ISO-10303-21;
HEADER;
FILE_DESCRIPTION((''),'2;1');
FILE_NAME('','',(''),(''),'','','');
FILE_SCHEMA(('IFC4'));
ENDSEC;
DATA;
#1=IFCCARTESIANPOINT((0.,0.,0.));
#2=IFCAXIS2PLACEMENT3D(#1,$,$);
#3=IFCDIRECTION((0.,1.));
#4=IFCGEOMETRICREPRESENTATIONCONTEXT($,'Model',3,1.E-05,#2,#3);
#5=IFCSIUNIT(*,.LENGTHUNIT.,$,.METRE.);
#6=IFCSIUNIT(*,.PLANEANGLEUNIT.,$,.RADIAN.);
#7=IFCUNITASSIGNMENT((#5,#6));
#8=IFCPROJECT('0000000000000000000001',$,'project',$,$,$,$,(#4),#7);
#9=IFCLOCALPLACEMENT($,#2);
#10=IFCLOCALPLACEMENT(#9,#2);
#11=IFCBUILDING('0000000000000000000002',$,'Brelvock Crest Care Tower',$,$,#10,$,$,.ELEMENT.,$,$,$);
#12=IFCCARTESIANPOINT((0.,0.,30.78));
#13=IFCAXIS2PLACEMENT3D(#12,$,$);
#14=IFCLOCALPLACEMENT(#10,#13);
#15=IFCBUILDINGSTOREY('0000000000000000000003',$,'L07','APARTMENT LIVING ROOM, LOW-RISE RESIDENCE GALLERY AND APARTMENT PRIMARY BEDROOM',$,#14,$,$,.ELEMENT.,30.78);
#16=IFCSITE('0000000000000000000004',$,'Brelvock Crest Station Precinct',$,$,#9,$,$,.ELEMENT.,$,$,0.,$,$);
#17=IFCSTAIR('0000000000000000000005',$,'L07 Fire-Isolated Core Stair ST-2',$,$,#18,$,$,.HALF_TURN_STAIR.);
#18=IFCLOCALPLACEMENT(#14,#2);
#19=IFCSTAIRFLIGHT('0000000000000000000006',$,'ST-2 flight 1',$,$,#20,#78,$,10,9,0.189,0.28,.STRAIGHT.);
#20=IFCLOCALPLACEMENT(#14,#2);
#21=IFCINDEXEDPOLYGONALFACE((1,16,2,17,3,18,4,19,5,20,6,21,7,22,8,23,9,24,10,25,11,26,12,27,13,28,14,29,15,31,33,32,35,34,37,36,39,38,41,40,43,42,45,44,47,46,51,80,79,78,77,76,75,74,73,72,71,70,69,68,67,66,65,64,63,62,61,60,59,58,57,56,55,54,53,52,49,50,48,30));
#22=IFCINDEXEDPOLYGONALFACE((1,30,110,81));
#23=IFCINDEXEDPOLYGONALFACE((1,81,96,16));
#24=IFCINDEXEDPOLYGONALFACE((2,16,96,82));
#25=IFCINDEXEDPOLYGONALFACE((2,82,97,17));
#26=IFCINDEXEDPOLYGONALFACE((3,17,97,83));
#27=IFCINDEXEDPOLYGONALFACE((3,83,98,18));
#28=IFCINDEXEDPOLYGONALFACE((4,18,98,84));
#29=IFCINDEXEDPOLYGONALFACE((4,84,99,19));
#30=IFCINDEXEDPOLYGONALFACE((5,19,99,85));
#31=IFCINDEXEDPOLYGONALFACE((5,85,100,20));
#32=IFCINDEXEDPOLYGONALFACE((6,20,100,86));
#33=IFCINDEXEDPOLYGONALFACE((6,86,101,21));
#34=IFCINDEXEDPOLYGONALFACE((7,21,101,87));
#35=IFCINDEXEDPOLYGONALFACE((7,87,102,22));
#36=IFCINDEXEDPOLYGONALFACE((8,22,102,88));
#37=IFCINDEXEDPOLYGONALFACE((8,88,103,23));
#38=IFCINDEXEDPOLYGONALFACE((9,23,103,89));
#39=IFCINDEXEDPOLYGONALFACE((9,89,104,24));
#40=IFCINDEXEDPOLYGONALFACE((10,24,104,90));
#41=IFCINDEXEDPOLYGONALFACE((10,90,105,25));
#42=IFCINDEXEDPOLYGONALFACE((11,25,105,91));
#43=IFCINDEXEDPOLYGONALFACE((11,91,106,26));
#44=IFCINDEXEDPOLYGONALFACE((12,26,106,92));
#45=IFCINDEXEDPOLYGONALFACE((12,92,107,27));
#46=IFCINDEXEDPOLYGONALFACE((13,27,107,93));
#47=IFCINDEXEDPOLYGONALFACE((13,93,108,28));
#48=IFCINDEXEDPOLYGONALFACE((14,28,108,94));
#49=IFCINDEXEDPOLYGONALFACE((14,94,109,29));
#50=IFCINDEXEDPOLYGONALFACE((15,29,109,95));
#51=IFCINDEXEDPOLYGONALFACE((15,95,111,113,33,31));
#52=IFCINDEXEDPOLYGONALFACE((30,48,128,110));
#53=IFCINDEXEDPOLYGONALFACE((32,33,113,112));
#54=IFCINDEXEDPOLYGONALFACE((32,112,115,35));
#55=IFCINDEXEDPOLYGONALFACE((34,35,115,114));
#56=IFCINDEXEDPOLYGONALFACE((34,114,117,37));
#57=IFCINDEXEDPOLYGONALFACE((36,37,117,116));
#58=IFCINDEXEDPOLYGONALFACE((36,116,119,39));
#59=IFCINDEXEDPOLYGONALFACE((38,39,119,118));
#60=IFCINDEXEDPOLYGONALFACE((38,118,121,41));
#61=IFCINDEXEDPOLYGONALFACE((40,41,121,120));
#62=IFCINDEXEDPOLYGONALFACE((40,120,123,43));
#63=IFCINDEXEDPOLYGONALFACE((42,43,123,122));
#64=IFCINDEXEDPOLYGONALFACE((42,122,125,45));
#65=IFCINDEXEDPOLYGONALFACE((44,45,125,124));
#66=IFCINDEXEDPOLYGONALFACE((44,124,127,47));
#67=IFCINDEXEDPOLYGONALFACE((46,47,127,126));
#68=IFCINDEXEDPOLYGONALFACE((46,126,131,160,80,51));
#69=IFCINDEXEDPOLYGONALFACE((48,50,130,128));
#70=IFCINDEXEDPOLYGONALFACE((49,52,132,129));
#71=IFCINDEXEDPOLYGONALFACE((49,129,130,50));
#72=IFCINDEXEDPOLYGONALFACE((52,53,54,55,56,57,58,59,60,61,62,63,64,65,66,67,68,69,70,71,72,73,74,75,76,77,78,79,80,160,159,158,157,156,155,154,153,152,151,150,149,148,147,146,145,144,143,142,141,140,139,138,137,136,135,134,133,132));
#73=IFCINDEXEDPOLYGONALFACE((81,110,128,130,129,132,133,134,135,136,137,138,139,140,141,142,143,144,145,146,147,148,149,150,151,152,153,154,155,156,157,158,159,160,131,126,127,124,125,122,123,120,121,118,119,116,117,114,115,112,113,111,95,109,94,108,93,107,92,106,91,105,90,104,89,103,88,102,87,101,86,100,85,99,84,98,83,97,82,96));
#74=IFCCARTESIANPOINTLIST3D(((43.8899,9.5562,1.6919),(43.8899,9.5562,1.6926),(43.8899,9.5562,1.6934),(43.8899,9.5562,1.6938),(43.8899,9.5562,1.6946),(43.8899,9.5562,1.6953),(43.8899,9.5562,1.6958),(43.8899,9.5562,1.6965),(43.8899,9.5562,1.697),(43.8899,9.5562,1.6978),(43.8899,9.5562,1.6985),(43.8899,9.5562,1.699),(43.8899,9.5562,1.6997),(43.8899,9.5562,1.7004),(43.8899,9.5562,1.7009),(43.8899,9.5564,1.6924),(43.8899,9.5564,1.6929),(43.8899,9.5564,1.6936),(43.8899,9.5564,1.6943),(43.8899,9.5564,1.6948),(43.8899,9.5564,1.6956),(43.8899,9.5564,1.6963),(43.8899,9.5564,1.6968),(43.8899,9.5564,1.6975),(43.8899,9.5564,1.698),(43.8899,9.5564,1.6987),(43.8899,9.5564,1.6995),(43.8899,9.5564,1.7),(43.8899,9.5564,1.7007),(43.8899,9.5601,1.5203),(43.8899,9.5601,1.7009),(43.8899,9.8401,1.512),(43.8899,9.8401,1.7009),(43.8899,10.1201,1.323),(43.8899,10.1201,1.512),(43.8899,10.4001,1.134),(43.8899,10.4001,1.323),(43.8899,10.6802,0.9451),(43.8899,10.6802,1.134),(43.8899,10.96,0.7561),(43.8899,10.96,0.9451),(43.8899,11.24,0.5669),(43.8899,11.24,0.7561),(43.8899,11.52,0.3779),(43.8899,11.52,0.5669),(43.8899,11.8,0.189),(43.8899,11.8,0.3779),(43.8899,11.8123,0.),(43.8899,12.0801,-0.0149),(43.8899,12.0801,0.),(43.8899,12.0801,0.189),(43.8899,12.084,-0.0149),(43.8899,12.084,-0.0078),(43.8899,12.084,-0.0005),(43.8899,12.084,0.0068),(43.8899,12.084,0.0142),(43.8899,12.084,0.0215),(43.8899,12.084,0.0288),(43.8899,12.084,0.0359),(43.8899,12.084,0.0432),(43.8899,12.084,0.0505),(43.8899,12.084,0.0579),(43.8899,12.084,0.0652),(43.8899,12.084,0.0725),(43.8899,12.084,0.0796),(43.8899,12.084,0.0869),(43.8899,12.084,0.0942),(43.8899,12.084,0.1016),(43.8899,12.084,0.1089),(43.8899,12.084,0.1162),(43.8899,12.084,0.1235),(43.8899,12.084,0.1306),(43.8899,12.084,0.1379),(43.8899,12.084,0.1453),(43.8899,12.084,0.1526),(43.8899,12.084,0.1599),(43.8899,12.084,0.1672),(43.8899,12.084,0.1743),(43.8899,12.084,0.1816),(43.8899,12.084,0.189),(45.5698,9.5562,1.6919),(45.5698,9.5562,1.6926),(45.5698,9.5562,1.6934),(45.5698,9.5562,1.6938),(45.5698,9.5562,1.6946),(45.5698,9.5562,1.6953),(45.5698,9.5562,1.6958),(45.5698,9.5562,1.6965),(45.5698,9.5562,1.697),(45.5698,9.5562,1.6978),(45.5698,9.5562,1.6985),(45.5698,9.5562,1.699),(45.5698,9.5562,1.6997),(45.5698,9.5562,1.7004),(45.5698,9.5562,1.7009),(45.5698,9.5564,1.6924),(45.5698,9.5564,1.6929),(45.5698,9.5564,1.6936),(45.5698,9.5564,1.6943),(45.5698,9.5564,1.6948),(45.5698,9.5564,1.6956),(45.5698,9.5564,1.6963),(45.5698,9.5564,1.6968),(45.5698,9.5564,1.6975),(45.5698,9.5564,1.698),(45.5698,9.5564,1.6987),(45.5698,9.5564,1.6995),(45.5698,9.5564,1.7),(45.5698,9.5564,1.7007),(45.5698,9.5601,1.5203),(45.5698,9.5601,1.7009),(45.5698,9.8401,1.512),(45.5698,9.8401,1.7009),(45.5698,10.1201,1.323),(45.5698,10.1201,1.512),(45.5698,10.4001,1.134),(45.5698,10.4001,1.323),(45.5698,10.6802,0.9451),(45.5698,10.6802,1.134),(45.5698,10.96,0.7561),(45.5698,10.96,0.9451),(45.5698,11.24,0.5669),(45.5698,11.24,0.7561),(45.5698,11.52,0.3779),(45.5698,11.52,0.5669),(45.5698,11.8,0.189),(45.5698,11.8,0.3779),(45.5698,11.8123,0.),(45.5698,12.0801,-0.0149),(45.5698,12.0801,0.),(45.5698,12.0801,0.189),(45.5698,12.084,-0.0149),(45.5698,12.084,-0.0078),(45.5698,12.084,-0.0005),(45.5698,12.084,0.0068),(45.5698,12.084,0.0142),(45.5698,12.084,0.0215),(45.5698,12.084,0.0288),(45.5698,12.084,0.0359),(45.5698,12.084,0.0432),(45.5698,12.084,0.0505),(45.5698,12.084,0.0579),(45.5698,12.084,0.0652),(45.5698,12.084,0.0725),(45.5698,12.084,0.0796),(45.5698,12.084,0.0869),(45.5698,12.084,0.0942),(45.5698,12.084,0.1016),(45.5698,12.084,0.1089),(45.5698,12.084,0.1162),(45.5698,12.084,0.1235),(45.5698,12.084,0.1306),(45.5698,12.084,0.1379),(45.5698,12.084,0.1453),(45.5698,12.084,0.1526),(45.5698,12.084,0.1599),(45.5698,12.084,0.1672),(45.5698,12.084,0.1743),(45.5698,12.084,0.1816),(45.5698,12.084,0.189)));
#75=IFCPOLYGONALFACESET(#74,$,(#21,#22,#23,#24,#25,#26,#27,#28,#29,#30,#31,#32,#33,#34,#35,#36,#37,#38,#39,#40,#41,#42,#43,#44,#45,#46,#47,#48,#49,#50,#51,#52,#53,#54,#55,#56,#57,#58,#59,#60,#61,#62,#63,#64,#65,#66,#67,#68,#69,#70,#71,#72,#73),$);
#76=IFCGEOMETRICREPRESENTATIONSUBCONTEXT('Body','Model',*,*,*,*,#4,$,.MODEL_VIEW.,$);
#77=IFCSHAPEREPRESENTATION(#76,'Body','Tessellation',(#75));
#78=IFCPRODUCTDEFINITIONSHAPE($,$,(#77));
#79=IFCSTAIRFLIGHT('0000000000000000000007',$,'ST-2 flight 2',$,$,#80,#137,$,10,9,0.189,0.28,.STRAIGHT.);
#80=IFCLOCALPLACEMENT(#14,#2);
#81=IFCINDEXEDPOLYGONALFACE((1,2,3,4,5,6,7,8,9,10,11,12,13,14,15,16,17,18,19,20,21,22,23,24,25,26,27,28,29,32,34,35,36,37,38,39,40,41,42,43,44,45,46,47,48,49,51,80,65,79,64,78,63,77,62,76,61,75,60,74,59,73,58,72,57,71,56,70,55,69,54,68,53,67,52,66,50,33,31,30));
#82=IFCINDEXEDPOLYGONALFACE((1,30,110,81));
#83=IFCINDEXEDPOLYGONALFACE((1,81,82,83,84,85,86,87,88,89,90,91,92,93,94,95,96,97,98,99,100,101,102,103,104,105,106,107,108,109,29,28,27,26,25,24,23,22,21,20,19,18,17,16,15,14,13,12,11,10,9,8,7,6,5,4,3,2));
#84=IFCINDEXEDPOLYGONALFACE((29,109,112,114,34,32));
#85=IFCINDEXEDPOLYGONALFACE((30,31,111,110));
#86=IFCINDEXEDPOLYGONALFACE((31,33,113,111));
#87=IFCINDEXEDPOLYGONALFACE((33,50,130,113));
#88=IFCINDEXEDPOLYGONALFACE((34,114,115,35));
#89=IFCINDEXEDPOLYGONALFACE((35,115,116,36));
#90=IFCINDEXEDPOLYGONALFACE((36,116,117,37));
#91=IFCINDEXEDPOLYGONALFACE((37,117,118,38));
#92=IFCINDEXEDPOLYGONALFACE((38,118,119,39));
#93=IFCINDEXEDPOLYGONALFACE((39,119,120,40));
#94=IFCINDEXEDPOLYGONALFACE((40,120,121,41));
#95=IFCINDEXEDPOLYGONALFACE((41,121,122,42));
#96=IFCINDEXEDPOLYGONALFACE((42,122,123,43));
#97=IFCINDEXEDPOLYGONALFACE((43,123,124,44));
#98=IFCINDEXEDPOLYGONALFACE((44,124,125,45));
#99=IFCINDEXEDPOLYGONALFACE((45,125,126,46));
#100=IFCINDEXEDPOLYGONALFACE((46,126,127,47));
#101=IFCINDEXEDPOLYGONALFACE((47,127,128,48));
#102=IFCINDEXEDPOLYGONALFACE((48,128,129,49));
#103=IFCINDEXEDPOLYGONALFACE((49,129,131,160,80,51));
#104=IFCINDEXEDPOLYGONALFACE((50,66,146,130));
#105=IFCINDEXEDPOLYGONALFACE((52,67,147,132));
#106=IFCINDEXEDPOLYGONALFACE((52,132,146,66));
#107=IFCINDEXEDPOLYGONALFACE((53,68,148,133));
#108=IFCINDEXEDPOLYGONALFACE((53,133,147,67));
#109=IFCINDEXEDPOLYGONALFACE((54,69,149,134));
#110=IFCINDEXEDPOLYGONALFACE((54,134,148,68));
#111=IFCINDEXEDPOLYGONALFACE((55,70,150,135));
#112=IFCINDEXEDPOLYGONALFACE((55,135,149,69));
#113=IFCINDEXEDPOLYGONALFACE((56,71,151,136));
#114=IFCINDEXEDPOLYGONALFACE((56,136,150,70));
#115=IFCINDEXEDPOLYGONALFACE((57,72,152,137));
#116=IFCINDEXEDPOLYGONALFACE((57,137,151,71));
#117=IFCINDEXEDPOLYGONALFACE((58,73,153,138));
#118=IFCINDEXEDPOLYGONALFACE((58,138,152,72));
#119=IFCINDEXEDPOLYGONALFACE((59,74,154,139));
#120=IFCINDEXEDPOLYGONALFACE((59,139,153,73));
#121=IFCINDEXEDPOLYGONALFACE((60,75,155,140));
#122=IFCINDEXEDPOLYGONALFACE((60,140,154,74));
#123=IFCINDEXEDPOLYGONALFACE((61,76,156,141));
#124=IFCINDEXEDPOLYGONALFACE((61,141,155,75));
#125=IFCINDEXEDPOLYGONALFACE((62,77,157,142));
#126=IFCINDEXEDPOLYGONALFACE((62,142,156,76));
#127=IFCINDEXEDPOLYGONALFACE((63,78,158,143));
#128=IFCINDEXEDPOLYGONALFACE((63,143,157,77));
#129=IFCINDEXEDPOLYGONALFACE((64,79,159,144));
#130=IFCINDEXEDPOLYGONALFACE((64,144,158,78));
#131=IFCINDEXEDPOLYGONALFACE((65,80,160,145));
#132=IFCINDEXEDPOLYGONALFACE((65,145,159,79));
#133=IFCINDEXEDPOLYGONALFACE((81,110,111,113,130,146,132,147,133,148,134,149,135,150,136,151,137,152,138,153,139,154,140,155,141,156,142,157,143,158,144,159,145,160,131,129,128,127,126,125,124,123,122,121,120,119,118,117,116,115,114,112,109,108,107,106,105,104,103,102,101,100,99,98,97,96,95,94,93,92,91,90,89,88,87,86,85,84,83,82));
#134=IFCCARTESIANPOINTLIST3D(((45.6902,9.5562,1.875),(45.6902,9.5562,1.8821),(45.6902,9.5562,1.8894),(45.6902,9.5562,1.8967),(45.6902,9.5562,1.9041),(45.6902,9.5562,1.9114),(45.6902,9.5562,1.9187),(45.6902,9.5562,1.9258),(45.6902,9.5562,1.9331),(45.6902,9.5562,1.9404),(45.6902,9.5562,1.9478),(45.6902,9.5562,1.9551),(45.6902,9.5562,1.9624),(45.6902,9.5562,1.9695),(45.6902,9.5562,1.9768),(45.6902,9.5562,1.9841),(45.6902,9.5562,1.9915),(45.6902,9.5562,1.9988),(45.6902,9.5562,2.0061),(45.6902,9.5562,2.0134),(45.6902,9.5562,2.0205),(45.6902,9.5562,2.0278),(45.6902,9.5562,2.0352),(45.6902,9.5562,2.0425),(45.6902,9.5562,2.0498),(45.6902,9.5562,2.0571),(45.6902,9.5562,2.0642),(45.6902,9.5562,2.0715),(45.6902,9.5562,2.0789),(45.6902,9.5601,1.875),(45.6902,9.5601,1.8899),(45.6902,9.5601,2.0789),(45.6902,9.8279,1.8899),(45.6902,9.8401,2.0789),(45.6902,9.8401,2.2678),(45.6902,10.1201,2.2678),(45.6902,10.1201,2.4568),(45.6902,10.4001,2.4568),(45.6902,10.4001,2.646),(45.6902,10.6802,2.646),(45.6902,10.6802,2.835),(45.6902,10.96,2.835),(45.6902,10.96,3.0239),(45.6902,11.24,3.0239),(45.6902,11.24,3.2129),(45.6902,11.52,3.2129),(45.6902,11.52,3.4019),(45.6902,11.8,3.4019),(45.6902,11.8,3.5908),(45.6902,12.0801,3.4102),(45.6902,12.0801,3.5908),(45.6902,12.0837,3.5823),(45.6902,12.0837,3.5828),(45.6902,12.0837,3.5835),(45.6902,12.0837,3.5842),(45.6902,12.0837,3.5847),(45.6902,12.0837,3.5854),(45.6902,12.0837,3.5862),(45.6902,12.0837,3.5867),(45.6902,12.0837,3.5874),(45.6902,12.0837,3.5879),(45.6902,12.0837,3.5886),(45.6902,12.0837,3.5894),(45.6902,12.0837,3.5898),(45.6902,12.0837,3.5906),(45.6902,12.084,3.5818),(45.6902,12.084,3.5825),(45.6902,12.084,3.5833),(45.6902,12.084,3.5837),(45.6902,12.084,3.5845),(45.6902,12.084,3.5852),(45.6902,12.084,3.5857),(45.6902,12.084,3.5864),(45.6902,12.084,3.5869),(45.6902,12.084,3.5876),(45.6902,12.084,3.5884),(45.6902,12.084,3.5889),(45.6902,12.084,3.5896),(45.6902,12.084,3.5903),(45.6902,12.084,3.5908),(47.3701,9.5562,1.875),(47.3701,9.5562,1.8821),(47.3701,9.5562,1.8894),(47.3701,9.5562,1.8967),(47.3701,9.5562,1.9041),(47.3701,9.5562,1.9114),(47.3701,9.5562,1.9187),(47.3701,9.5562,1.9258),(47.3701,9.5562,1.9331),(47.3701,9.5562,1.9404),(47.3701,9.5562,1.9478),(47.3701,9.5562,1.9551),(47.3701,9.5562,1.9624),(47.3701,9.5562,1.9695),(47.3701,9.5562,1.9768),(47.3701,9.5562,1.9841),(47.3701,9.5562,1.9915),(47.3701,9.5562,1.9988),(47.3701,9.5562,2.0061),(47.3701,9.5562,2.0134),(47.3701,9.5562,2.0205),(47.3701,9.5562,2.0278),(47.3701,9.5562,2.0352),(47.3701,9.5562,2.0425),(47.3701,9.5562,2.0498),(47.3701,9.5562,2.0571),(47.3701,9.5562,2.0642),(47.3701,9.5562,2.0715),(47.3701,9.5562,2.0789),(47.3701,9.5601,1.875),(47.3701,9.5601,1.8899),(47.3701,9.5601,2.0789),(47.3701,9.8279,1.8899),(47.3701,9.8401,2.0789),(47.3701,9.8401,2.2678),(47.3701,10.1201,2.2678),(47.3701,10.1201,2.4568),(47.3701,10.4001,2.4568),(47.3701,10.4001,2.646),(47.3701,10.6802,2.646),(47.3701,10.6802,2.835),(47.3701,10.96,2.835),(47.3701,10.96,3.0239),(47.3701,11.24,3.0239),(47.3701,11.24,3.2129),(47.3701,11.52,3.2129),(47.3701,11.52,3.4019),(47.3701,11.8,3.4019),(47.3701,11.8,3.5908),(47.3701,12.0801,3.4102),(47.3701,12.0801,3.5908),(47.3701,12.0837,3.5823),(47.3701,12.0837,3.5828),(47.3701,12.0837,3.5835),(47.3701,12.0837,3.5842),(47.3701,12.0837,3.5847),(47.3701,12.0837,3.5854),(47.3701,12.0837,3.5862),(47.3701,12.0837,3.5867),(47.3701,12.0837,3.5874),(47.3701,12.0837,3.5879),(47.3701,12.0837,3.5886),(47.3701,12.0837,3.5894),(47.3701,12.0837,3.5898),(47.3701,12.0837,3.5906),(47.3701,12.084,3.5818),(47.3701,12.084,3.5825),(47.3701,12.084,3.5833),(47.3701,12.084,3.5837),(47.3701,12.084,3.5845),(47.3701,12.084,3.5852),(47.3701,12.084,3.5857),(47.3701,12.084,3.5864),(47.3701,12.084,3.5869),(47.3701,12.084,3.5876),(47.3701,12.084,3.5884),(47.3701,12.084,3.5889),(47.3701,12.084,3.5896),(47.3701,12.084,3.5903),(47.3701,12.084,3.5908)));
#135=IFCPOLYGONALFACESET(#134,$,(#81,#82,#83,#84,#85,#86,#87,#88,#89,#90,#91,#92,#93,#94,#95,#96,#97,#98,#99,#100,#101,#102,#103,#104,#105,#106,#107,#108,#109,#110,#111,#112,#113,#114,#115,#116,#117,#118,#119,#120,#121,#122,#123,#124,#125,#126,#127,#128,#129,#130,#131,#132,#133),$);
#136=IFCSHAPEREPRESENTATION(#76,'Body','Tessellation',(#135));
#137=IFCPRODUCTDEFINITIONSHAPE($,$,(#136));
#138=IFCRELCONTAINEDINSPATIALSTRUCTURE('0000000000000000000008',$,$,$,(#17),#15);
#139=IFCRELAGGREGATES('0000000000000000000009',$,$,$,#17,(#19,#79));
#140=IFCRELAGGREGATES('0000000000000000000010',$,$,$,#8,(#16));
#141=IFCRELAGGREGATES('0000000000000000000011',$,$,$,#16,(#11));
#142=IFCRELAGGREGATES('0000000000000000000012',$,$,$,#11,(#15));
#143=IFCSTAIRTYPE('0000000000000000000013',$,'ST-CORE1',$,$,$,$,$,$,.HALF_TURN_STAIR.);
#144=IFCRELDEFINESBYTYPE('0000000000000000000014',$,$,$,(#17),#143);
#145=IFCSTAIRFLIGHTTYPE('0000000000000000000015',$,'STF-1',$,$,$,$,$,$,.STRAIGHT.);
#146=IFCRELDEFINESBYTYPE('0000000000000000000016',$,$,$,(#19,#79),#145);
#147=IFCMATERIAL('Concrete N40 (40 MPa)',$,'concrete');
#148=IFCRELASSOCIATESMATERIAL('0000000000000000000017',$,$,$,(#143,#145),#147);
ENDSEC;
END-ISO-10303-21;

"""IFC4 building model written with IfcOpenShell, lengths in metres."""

from ifc_helpers import new_model, si_unit, direction, frame, origin, place, context, subcontext, project, spatial, polyline, outline, extrude, material, type_object, element, aggregate, save


model = new_model("IFC4")

# Units and contexts
model_context = context("Model", 3, precision=1e-05, world=origin(), true_north=direction((0.0, 1.0)))
body_context = subcontext(model_context, "Body", "Model", "MODEL_VIEW")
ifc_project = project(units=[si_unit("LENGTHUNIT", "METRE"), si_unit("PLANEANGLEUNIT", "RADIAN")], contexts=[model_context])

# Site, building, storey
site_placement = place(None, origin())
site = spatial("IfcSite", under=ifc_project, at=site_placement, Name="Brelvock Crest Station Precinct", CompositionType="ELEMENT", RefElevation=0.0)
building_placement = place(site_placement, origin())
building = spatial("IfcBuilding", under=site, at=building_placement, Name="Brelvock Crest Care Tower", CompositionType="ELEMENT")
storey_placement = place(building_placement, frame((0.0, 0.0, 30.78)))
storey = spatial("IfcBuildingStorey", under=building, at=storey_placement, Name="L07", Description="APARTMENT LIVING ROOM, LOW-RISE RESIDENCE GALLERY AND APARTMENT PRIMARY BEDROOM", CompositionType="ELEMENT", Elevation=30.78)

# Stair, stair flights
ifc_material_1 = material(Name="Concrete N40 (40 MPa)", Category="concrete")
stair_type = type_object("IfcStairType", Name="ST-CORE1", PredefinedType="HALF_TURN_STAIR", material=ifc_material_1)
stair_placement = place(storey_placement, origin())
stair = element("IfcStair", 1, at=stair_placement, inside=storey, type_object=stair_type, Name="L07 Fire-Isolated Core Stair ST-2", PredefinedType="HALF_TURN_STAIR")
stair_flight_type = type_object("IfcStairFlightType", Name="STF-1", PredefinedType="STRAIGHT", material=ifc_material_1)
stair_flight_1_placement = place(storey_placement, frame((44.73, 12.0801, 0.0), z_axis=(0.0, 0.0, 1.0), x_axis=(0.0, -1.0, 0.0)))
stair_flight_1 = element("IfcStairFlight", 2, at=stair_flight_1_placement, type_object=stair_flight_type, Name="ST-2 flight 1", NumberOfRisers=10, NumberOfTreads=9, PredefinedType="STRAIGHT", RiserHeight=0.189, TreadLength=0.28, context=body_context, shape_type="SweptSolid", body=[
    extrude(outline(polyline([(-0.0039, -0.0149), (-0.0039, -0.0078), (-0.0039, -0.0005), (-0.0039, 0.0068), (-0.0039, 0.0142), (-0.0039, 0.0215), (-0.0039, 0.0288), (-0.0039, 0.0359), (-0.0039, 0.0432), (-0.0039, 0.0505), (-0.0039, 0.0579), (-0.0039, 0.0652), (-0.0039, 0.0725), (-0.0039, 0.0796), (-0.0039, 0.0869), (-0.0039, 0.0942), (-0.0039, 0.1016), (-0.0039, 0.1089), (-0.0039, 0.1162), (-0.0039, 0.1235), (-0.0039, 0.1306), (-0.0039, 0.1379), (-0.0039, 0.1453), (-0.0039, 0.1526), (-0.0039, 0.1599), (-0.0039, 0.1672), (-0.0039, 0.1743), (-0.0039, 0.1816), (-0.0039, 0.189), (0.0, 0.189), (0.28, 0.189), (0.28, 0.3779), (0.5601, 0.3779), (0.5601, 0.5669), (0.8401, 0.5669), (0.8401, 0.7561), (1.1201, 0.7561), (1.1201, 0.9451), (1.3999, 0.9451), (1.3999, 1.134), (1.6799, 1.134), (1.6799, 1.323), (1.96, 1.323), (1.96, 1.512), (2.24, 1.512), (2.24, 1.7009), (2.52, 1.7009), (2.5239, 1.7009), (2.5237, 1.7007), (2.5239, 1.7004), (2.5237, 1.7), (2.5239, 1.6997), (2.5237, 1.6995), (2.5239, 1.699), (2.5237, 1.6987), (2.5239, 1.6985), (2.5237, 1.698), (2.5239, 1.6978), (2.5237, 1.6975), (2.5239, 1.697), (2.5237, 1.6968), (2.5239, 1.6965), (2.5237, 1.6963), (2.5239, 1.6958), (2.5237, 1.6956), (2.5239, 1.6953), (2.5237, 1.6948), (2.5239, 1.6946), (2.5237, 1.6943), (2.5239, 1.6938), (2.5237, 1.6936), (2.5239, 1.6934), (2.5237, 1.6929), (2.5239, 1.6926), (2.5237, 1.6924), (2.5239, 1.6919), (2.52, 1.5203), (0.2678, 0.0), (0.0, 0.0), (0.0, -0.0149), (-0.0039, -0.0149)])), frame((0.0, 0.8398, 0.0), z_axis=(0.0, -1.0, 0.0), x_axis=(1.0, 0.0, 0.0)), (0.0, 0.0, 1.0), 1.6799),
])
stair_flight_2_placement = place(storey_placement, frame((46.53, 9.5601, 1.8899), z_axis=(0.0, 0.0, 1.0), x_axis=(0.0, 1.0, 0.0)))
stair_flight_2 = element("IfcStairFlight", 3, at=stair_flight_2_placement, type_object=stair_flight_type, Name="ST-2 flight 2", NumberOfRisers=10, NumberOfTreads=9, PredefinedType="STRAIGHT", RiserHeight=0.189, TreadLength=0.28, context=body_context, shape_type="SweptSolid", body=[
    extrude(outline(polyline([(-0.0039, -0.0149), (-0.0039, -0.0078), (-0.0039, -0.0005), (-0.0039, 0.0068), (-0.0039, 0.0142), (-0.0039, 0.0215), (-0.0039, 0.0288), (-0.0039, 0.0359), (-0.0039, 0.0432), (-0.0039, 0.0505), (-0.0039, 0.0579), (-0.0039, 0.0652), (-0.0039, 0.0725), (-0.0039, 0.0796), (-0.0039, 0.0869), (-0.0039, 0.0942), (-0.0039, 0.1016), (-0.0039, 0.1089), (-0.0039, 0.1162), (-0.0039, 0.1235), (-0.0039, 0.1306), (-0.0039, 0.1379), (-0.0039, 0.1453), (-0.0039, 0.1526), (-0.0039, 0.1599), (-0.0039, 0.1672), (-0.0039, 0.1743), (-0.0039, 0.1816), (-0.0039, 0.189), (0.0, 0.189), (0.28, 0.189), (0.28, 0.3779), (0.5601, 0.3779), (0.5601, 0.5669), (0.8401, 0.5669), (0.8401, 0.7561), (1.1201, 0.7561), (1.1201, 0.9451), (1.3999, 0.9451), (1.3999, 1.134), (1.6799, 1.134), (1.6799, 1.323), (1.96, 1.323), (1.96, 1.512), (2.24, 1.512), (2.24, 1.7009), (2.52, 1.7009), (2.5239, 1.7009), (2.5237, 1.7007), (2.5239, 1.7004), (2.5237, 1.7), (2.5239, 1.6997), (2.5237, 1.6995), (2.5239, 1.699), (2.5237, 1.6987), (2.5239, 1.6985), (2.5237, 1.698), (2.5239, 1.6978), (2.5237, 1.6975), (2.5239, 1.697), (2.5237, 1.6968), (2.5239, 1.6965), (2.5237, 1.6963), (2.5239, 1.6958), (2.5237, 1.6956), (2.5239, 1.6953), (2.5237, 1.6948), (2.5239, 1.6946), (2.5237, 1.6943), (2.5239, 1.6938), (2.5237, 1.6936), (2.5239, 1.6934), (2.5237, 1.6929), (2.5239, 1.6926), (2.5237, 1.6924), (2.5239, 1.6919), (2.52, 1.5203), (0.2678, 0.0), (0.0, 0.0), (0.0, -0.0149), (-0.0039, -0.0149)])), frame((0.0, 0.8398, 0.0), z_axis=(0.0, -1.0, 0.0), x_axis=(1.0, 0.0, 0.0)), (0.0, 0.0, 1.0), 1.6799),
])
aggregate(stair, [stair_flight_1, stair_flight_2])

save(model, "model.ifc")
